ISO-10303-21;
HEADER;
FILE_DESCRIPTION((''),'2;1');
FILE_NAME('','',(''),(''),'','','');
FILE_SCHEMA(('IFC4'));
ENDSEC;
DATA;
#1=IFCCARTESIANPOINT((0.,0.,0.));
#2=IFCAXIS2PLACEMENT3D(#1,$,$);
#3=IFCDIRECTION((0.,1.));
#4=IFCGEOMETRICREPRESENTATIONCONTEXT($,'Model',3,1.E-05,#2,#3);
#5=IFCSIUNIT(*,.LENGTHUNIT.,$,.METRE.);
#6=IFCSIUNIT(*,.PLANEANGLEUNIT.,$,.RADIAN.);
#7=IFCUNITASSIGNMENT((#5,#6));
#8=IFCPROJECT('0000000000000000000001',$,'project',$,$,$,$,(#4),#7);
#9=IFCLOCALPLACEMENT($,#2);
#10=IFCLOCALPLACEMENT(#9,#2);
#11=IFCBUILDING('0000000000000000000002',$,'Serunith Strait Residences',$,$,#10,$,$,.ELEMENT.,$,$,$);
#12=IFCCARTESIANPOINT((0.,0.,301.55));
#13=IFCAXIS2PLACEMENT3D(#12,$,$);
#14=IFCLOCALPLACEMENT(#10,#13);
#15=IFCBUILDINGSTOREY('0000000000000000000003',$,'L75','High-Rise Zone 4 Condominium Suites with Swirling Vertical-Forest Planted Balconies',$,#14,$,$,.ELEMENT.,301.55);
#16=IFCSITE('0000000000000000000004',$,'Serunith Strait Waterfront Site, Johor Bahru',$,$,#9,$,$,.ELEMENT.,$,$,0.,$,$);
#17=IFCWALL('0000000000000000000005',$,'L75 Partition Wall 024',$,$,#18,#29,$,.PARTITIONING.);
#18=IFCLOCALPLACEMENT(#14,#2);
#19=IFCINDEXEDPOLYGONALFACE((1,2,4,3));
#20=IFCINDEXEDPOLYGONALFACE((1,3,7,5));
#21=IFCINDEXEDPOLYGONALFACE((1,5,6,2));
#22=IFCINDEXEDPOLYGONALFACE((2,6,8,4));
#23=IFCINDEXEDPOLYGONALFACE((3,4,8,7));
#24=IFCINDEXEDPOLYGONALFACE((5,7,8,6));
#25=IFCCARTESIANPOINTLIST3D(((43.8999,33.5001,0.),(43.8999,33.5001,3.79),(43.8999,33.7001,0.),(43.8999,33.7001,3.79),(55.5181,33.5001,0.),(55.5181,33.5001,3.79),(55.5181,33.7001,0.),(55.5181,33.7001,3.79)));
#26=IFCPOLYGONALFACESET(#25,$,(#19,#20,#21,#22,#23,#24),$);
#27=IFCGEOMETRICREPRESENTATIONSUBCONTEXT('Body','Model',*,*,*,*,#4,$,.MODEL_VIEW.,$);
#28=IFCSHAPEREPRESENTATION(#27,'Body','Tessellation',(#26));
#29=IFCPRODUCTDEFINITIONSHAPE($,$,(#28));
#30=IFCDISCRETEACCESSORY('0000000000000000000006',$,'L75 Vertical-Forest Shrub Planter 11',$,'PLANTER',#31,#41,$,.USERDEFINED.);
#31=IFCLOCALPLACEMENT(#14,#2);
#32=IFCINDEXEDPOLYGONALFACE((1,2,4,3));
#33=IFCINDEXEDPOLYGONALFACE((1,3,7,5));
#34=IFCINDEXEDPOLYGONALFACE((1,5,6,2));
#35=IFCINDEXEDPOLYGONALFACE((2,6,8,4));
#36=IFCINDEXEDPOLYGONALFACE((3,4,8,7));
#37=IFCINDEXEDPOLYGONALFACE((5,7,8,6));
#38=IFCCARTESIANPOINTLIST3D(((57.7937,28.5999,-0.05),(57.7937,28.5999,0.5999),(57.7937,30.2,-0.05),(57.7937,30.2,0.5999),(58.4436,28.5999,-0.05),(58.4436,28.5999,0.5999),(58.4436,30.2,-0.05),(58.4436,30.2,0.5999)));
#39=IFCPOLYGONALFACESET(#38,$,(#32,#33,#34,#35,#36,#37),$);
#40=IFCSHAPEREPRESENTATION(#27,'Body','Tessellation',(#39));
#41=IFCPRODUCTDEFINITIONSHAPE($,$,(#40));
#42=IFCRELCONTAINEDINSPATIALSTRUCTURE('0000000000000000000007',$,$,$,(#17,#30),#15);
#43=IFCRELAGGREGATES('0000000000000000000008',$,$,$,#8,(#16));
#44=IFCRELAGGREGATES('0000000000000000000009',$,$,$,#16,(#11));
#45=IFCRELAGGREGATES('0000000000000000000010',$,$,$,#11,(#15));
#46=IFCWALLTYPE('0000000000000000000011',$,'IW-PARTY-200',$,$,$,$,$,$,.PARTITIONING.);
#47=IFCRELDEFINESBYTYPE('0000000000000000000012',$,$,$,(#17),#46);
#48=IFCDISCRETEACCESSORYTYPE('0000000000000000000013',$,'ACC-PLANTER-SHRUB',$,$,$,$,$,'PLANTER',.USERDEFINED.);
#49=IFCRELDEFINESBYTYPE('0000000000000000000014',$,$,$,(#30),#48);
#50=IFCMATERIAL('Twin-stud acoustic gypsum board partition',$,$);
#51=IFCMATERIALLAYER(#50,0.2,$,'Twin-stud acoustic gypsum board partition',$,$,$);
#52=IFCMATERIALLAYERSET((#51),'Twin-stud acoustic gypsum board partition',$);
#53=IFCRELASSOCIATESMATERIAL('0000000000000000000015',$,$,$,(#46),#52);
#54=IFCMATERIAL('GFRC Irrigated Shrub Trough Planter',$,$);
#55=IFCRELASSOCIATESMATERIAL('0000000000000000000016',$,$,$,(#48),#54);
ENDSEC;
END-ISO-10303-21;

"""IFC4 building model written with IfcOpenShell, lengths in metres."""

from ifc_helpers import new_model, si_unit, direction, frame, frame_2d, origin, origin_2d, place, context, subcontext, project, spatial, rectangle, extrude, source, transform, mapped, material, layer, layer_set, type_object, element, save


model = new_model("IFC4")

# Units and contexts
model_context = context("Model", 3, precision=1e-05, world=origin(), true_north=direction((0.0, 1.0)))
body_context = subcontext(model_context, "Body", "Model", "MODEL_VIEW")
ifc_project = project(units=[si_unit("LENGTHUNIT", "METRE"), si_unit("PLANEANGLEUNIT", "RADIAN")], contexts=[model_context])

# Site, building, storey
site_placement = place(None, origin())
site = spatial("IfcSite", under=ifc_project, at=site_placement, Name="Serunith Strait Waterfront Site, Johor Bahru", CompositionType="ELEMENT", RefElevation=0.0)
building_placement = place(site_placement, origin())
building = spatial("IfcBuilding", under=site, at=building_placement, Name="Serunith Strait Residences", CompositionType="ELEMENT")
storey_placement = place(building_placement, frame((0.0, 0.0, 301.55)))
storey = spatial("IfcBuildingStorey", under=building, at=storey_placement, Name="L75", Description="High-Rise Zone 4 Condominium Suites with Swirling Vertical-Forest Planted Balconies", CompositionType="ELEMENT", Elevation=301.55)

# Wall
ifc_material_1 = material(Name="Twin-stud acoustic gypsum board partition")
ifc_layer_1 = layer(ifc_material_1, 0.2, Name="Twin-stud acoustic gypsum board partition")
ifc_layer_set_1 = layer_set([ifc_layer_1], Name="Twin-stud acoustic gypsum board partition")
wall_type_1 = type_object("IfcWallType", Name="IW-PARTY-200", PredefinedType="PARTITIONING", material=ifc_layer_set_1)
wall_1_placement = place(storey_placement, frame((43.8999, 33.6001, 0.0), z_axis=(0.0, 0.0, 1.0), x_axis=(1.0, 0.0, 0.0)))
element("IfcWall", 1, at=wall_1_placement, inside=storey, type_object=wall_type_1, Name="L75 Partition Wall 024", PredefinedType="PARTITIONING", context=body_context, shape_type="SweptSolid", body=[
    extrude(rectangle(XDim=11.6182, YDim=0.2, at=frame_2d((5.8091, 0.0))), origin(), (0.0, 0.0, 1.0), 3.79),
])

# Discrete accessory
ifc_material_2 = material(Name="GFRC Irrigated Shrub Trough Planter")
discrete_accessory_type = type_object("IfcDiscreteAccessoryType", Name="ACC-PLANTER-SHRUB", ElementType="PLANTER", PredefinedType="USERDEFINED", material=ifc_material_2)
shared_shape_1 = source(origin(), body_context, "Body", "SweptSolid", [
    extrude(rectangle(XDim=1.6001, YDim=0.6499, at=origin_2d()), origin(), (0.0, 0.0, 1.0), 0.6499),
])
discrete_accessory_placement = place(storey_placement, frame((58.1187, 29.3999, -0.05), z_axis=(0.0, 0.0, 1.0), x_axis=(0.0, 1.0, 0.0)))
element("IfcDiscreteAccessory", 2, at=discrete_accessory_placement, inside=storey, type_object=discrete_accessory_type, Name="L75 Vertical-Forest Shrub Planter 11", ObjectType="PLANTER", PredefinedType="USERDEFINED", context=body_context, shape_type="MappedRepresentation", body=[
    mapped(shared_shape_1, transform((0.0, 0.0, 0.0), scale=1.0)),
])

save(model, "model.ifc")
